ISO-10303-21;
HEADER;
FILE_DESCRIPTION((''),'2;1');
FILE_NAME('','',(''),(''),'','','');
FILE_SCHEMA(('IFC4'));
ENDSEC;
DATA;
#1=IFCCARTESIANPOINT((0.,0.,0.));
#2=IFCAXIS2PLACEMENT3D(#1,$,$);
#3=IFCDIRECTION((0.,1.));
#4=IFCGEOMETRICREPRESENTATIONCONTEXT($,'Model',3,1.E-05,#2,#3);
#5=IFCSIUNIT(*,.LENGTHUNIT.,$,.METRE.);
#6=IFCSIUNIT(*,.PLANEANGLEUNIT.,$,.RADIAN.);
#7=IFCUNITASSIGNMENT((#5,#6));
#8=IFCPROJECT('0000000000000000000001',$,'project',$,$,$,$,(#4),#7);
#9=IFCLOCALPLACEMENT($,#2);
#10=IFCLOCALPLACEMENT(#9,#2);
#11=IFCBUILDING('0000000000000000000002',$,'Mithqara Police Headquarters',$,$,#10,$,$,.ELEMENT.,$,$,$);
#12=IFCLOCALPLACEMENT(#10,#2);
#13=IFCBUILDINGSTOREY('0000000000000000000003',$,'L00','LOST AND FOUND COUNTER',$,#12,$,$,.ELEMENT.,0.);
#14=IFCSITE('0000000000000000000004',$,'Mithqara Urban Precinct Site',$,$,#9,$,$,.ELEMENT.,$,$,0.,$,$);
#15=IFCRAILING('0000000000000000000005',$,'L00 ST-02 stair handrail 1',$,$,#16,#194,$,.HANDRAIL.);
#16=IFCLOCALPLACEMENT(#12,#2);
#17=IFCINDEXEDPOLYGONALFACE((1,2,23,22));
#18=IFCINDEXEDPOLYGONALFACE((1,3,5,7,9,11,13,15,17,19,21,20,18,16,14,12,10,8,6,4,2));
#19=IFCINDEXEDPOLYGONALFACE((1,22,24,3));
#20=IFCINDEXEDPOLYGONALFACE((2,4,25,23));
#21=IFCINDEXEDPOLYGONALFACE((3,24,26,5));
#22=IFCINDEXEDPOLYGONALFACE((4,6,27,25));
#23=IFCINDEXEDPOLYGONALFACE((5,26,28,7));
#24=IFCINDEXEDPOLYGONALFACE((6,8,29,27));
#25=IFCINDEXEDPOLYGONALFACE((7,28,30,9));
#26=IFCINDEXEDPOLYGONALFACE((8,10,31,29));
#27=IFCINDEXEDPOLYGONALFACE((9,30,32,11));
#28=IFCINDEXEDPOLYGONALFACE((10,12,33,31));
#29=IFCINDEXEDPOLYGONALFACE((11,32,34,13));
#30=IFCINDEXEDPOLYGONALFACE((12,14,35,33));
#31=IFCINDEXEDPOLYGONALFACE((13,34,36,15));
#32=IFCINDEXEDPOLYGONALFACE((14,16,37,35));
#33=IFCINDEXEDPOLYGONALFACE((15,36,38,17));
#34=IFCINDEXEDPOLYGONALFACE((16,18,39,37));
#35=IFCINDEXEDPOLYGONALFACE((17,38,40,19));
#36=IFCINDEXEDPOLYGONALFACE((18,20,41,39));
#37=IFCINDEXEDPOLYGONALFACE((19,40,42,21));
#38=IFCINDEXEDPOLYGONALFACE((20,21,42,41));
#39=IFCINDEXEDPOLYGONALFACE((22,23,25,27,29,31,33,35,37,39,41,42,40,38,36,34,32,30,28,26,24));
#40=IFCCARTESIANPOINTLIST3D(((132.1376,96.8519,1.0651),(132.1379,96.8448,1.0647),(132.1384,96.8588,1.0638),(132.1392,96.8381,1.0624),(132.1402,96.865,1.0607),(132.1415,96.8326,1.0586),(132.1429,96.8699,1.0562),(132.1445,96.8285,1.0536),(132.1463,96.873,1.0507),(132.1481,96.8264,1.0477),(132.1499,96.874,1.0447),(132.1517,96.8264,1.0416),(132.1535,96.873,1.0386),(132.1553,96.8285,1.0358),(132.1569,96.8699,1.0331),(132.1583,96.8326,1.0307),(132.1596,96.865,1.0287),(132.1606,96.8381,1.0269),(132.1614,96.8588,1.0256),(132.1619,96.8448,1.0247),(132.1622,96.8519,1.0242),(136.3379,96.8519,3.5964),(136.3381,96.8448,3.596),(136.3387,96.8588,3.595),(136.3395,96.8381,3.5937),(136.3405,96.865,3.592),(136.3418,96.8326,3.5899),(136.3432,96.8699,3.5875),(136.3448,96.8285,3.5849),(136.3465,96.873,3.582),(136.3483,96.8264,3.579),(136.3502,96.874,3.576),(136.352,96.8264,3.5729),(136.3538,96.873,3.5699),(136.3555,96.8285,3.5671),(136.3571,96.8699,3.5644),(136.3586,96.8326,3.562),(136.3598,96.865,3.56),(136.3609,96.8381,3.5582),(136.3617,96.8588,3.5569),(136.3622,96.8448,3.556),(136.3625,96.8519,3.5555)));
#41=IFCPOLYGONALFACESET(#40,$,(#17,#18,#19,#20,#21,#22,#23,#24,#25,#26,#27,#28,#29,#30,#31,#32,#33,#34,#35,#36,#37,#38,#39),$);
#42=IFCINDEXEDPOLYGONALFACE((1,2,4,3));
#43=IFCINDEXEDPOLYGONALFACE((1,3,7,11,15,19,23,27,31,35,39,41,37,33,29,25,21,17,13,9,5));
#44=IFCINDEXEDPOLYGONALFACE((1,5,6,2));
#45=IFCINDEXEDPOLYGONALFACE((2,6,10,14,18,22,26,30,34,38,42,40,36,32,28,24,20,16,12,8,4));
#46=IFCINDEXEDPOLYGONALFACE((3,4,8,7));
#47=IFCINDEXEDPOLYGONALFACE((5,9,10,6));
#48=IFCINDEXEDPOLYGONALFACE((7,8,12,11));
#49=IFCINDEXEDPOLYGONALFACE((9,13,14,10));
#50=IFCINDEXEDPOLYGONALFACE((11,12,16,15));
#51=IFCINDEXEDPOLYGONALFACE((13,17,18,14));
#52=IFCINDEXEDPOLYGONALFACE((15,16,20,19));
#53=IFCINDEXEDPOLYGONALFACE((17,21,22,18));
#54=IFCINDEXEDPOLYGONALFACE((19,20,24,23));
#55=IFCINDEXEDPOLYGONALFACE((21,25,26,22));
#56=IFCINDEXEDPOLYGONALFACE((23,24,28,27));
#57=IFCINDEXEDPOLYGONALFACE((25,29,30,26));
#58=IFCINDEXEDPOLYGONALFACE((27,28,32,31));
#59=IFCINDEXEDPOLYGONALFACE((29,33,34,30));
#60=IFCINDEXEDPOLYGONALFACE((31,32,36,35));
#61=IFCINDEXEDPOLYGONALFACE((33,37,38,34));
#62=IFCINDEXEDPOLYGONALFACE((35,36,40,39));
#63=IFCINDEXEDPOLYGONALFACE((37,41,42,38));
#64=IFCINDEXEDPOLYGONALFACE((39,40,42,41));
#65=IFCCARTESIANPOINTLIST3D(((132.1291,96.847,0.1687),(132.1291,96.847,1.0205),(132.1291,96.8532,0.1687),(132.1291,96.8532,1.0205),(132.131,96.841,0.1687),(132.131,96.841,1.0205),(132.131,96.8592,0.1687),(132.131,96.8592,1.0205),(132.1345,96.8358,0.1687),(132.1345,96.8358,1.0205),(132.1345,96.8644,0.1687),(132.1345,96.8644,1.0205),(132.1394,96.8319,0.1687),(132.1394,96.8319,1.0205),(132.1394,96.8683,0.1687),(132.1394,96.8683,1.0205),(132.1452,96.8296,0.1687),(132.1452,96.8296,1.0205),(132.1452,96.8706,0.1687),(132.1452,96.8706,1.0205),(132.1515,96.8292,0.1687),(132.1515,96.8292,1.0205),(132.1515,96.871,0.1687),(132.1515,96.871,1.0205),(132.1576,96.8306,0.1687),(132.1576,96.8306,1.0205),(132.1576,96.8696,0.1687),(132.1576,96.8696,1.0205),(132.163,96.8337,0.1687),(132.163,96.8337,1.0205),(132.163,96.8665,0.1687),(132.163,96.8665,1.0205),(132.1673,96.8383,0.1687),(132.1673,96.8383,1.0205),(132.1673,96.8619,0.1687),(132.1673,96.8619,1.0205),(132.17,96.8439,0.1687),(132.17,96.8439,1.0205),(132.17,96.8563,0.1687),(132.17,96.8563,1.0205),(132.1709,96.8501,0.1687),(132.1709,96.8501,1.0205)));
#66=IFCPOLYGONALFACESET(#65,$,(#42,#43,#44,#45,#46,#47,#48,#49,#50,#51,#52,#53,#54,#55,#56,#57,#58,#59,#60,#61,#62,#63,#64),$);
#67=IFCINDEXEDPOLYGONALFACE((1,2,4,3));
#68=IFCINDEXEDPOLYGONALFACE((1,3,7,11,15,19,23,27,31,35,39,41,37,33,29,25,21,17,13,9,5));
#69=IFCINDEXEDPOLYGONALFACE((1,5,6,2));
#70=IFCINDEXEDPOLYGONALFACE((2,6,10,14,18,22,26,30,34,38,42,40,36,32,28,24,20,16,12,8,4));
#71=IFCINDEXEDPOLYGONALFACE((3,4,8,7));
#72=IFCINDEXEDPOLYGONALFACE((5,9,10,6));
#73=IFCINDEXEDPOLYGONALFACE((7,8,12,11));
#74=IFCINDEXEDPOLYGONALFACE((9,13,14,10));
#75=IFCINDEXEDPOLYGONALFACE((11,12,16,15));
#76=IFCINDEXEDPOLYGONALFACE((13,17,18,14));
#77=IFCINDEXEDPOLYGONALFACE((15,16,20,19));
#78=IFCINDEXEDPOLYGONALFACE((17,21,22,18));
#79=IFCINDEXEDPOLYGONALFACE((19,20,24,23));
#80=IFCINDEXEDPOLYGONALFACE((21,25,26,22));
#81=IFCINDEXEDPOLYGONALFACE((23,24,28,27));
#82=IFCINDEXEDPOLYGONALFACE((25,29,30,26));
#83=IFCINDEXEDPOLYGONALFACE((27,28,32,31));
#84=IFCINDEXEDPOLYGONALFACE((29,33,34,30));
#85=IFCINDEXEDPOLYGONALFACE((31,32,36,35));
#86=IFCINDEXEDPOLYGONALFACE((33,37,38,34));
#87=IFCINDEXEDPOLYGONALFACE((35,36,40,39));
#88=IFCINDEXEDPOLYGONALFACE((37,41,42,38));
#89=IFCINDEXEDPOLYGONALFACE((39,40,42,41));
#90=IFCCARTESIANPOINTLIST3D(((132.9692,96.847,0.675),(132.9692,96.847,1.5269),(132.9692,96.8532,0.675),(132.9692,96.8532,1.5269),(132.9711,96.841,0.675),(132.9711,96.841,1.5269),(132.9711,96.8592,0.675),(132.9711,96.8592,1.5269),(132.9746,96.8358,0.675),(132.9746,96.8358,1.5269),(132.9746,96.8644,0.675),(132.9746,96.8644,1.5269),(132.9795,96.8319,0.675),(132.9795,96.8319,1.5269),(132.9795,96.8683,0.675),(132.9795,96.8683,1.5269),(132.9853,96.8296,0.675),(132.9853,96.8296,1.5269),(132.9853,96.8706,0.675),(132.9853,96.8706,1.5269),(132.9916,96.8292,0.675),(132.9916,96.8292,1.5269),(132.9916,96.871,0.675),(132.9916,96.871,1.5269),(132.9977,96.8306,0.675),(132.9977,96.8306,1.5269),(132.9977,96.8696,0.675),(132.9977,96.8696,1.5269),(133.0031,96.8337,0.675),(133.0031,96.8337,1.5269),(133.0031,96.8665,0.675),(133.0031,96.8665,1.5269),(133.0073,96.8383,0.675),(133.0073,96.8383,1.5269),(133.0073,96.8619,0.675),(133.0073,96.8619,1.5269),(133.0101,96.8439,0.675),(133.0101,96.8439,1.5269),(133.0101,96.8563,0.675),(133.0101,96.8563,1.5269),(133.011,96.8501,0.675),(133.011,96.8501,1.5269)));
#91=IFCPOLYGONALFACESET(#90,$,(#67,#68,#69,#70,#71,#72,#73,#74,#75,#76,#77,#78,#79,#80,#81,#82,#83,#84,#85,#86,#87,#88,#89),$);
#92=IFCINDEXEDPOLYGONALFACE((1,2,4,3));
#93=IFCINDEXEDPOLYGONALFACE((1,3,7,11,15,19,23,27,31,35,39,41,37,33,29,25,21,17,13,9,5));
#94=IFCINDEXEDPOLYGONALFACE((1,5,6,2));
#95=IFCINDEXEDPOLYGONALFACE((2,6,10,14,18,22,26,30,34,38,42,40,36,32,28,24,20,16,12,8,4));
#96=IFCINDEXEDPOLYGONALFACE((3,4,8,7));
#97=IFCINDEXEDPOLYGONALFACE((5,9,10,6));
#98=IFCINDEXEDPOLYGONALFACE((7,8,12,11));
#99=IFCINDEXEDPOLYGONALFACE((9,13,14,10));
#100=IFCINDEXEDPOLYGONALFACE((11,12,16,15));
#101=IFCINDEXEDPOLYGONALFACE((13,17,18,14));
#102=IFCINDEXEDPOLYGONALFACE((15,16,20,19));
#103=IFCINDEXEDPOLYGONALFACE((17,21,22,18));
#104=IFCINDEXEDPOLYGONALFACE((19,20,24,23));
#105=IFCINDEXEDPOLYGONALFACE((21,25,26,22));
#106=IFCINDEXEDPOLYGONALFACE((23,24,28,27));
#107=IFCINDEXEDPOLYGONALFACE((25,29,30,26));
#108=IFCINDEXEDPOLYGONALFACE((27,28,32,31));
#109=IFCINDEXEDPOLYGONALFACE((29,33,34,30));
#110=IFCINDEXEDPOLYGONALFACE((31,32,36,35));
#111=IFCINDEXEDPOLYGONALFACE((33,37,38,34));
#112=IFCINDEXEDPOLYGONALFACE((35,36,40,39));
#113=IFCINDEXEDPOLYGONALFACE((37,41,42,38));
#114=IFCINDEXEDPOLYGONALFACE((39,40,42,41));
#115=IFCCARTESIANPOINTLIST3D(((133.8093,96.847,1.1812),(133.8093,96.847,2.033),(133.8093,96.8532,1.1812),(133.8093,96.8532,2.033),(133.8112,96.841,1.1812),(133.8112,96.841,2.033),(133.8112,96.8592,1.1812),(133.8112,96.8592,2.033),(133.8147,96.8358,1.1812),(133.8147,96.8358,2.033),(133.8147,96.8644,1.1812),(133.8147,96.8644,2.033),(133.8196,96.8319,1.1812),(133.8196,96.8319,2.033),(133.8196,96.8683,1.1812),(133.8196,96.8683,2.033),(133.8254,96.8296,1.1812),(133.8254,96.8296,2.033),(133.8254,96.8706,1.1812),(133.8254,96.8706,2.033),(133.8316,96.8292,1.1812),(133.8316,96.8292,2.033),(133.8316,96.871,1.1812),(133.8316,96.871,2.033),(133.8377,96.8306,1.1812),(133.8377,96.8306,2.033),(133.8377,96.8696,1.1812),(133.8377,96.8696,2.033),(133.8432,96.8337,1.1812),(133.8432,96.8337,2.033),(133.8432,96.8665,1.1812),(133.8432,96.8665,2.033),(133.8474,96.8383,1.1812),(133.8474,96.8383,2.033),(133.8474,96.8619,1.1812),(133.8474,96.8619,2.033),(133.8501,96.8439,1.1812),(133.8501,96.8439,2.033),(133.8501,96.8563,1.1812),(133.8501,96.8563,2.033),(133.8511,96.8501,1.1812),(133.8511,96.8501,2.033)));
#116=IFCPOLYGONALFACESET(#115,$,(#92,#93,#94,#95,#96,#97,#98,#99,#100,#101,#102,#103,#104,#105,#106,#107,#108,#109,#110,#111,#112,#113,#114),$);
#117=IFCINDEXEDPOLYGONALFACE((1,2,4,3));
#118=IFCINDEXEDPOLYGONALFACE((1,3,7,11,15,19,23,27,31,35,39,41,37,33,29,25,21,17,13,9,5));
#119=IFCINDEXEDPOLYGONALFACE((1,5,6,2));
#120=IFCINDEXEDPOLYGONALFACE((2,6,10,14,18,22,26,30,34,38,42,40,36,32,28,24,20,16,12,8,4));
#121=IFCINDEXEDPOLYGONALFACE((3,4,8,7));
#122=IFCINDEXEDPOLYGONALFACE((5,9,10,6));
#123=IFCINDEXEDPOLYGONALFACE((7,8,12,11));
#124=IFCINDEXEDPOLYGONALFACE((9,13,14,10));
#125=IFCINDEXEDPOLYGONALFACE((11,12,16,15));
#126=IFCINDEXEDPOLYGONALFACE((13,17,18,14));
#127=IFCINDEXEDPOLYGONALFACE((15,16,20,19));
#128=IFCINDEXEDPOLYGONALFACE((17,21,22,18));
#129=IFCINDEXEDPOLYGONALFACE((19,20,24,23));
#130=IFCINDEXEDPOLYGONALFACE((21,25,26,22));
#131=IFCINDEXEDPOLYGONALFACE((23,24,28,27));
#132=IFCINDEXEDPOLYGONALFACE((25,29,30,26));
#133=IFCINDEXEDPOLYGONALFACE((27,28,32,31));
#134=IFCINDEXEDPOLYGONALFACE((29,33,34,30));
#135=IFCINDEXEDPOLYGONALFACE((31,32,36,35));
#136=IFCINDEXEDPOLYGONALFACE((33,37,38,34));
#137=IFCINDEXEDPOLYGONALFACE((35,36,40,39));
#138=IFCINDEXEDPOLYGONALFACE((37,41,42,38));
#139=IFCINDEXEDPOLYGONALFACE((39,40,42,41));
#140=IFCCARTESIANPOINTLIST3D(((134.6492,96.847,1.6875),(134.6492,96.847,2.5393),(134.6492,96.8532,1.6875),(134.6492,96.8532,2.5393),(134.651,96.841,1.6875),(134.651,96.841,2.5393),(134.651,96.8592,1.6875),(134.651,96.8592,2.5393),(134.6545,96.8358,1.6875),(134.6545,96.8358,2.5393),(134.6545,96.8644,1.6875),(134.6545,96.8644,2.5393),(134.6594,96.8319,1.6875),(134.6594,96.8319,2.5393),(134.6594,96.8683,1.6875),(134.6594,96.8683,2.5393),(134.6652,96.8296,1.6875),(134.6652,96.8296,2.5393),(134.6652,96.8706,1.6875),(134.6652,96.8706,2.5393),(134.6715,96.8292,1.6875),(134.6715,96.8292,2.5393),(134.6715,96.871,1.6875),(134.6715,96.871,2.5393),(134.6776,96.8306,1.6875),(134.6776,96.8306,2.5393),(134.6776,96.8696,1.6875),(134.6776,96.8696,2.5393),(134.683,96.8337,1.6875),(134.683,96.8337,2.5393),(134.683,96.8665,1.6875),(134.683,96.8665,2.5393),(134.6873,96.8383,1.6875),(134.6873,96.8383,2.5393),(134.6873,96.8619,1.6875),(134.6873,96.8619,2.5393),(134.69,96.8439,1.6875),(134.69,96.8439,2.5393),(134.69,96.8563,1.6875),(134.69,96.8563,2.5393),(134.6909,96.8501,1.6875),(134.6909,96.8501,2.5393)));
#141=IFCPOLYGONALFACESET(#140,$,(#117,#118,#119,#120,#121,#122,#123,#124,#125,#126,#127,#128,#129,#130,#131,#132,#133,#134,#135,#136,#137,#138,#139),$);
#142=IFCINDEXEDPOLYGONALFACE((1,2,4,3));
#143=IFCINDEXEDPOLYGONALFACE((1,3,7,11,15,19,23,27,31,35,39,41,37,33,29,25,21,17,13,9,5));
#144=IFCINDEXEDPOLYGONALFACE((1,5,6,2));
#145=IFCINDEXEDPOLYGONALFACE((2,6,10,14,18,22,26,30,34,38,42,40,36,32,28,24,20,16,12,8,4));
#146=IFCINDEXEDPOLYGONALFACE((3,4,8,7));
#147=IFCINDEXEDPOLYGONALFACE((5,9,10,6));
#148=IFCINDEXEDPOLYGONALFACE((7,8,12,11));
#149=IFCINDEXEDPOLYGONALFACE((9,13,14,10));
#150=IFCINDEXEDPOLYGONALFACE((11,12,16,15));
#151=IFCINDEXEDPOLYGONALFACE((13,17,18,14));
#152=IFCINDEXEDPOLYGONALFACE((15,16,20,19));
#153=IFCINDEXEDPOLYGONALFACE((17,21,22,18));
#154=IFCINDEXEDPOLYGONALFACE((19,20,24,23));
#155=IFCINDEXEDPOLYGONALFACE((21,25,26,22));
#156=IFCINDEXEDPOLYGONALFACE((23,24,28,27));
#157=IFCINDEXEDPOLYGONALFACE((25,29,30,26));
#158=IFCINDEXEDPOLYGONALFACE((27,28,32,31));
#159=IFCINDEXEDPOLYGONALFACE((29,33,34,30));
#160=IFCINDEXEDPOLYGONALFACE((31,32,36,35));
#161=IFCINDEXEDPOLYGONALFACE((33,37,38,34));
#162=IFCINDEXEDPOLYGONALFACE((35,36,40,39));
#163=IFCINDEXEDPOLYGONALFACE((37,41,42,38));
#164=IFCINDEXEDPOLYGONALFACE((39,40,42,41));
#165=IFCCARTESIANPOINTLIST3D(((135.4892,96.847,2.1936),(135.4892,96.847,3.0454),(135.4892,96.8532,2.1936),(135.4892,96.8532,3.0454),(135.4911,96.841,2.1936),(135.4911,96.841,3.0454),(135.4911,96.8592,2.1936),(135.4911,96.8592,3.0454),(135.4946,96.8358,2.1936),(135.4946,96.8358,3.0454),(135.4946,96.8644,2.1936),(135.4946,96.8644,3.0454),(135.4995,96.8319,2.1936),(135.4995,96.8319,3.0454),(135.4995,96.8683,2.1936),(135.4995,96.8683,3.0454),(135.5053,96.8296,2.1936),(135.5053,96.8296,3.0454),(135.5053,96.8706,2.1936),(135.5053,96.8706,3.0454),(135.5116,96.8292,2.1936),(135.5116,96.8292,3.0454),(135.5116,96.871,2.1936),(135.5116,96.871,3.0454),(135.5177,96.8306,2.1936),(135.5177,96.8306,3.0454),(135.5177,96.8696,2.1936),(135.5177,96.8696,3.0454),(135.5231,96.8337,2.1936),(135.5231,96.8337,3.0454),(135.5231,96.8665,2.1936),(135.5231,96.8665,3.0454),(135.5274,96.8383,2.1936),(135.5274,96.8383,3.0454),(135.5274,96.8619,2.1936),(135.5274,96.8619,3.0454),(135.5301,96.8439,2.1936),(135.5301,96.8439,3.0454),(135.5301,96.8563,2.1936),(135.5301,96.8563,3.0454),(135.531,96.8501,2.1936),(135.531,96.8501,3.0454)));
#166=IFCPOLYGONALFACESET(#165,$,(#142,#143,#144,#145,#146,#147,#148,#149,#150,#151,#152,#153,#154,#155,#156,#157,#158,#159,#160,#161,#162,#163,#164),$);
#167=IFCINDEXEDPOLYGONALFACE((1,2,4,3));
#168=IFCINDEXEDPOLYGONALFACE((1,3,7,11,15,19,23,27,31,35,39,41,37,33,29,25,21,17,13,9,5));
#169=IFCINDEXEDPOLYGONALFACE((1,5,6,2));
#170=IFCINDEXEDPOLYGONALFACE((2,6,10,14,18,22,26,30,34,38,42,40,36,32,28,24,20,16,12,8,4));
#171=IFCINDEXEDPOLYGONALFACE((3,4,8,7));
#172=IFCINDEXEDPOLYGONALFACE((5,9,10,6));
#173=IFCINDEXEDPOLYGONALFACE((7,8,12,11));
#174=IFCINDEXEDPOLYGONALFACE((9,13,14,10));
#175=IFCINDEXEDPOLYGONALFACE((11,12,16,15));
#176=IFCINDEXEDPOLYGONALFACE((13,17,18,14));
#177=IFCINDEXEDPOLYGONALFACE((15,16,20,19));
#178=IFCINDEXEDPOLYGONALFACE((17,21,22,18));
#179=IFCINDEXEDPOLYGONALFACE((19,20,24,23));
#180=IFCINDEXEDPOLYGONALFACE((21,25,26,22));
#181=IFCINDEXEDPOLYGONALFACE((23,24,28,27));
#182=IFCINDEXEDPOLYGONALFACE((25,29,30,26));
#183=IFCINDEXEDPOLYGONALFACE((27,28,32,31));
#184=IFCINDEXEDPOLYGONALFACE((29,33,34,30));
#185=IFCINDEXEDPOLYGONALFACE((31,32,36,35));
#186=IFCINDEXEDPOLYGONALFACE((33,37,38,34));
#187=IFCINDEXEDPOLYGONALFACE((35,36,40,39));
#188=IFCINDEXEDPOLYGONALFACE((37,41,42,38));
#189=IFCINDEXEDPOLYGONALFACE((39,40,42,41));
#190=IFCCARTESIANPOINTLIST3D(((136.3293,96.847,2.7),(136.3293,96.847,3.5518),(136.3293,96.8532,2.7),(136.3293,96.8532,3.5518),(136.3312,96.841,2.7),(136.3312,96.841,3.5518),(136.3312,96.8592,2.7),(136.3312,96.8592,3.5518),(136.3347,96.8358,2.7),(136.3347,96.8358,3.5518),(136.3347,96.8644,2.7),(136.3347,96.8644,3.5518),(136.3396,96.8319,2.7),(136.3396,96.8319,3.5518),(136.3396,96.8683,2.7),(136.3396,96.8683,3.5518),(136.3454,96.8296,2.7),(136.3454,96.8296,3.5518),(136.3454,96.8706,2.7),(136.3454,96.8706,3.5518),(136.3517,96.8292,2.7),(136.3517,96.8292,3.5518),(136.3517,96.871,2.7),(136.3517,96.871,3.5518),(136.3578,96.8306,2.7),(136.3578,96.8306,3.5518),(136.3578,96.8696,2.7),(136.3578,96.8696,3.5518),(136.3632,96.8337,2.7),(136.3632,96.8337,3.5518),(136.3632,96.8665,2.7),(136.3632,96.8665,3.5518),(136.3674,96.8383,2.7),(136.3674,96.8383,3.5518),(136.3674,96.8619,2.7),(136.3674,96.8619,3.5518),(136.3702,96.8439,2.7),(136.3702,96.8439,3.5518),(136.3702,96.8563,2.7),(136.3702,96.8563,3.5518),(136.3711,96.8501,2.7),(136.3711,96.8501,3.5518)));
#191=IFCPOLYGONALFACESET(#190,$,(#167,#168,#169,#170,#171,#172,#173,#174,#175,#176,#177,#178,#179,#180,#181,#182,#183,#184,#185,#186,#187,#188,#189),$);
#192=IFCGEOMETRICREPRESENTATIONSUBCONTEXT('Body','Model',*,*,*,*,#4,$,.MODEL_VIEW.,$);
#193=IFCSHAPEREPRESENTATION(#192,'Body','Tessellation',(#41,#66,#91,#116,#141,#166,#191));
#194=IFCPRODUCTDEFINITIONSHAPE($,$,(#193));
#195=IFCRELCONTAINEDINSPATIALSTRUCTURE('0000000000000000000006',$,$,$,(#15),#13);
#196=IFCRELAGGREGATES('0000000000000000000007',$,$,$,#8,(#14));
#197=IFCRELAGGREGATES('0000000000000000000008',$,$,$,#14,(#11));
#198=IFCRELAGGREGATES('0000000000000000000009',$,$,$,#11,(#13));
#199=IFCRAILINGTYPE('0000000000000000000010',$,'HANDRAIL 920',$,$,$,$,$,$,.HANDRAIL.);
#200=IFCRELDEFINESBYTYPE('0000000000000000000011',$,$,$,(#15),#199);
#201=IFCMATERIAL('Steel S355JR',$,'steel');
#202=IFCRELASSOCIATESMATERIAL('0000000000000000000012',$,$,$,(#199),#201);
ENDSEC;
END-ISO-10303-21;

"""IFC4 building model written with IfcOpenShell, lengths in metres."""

from ifc_helpers import new_model, si_unit, direction, frame, origin, origin_2d, place, context, subcontext, project, spatial, circle, extrude, material, type_object, element, save


model = new_model("IFC4")

# Units and contexts
model_context = context("Model", 3, precision=1e-05, world=origin(), true_north=direction((0.0, 1.0)))
body_context = subcontext(model_context, "Body", "Model", "MODEL_VIEW")
ifc_project = project(units=[si_unit("LENGTHUNIT", "METRE"), si_unit("PLANEANGLEUNIT", "RADIAN")], contexts=[model_context])

# Site, building, storey
site_placement = place(None, origin())
site = spatial("IfcSite", under=ifc_project, at=site_placement, Name="Mithqara Urban Precinct Site", CompositionType="ELEMENT", RefElevation=0.0)
building_placement = place(site_placement, origin())
building = spatial("IfcBuilding", under=site, at=building_placement, Name="Mithqara Police Headquarters", CompositionType="ELEMENT")
storey_placement = place(building_placement, origin())
storey = spatial("IfcBuildingStorey", under=building, at=storey_placement, Name="L00", Description="LOST AND FOUND COUNTER", CompositionType="ELEMENT", Elevation=0.0)

# Shared definitions
ifc_material_1 = material(Name="Steel S355JR", Category="steel")

# Railing
railing_type_1 = type_object("IfcRailingType", Name="HANDRAIL 920", PredefinedType="HANDRAIL", material=ifc_material_1)
railing_1_placement = place(storey_placement, frame((132.1499, 96.8501, 0.1687)))
element("IfcRailing", 1, at=railing_1_placement, inside=storey, type_object=railing_type_1, Name="L00 ST-02 stair handrail 1", PredefinedType="HANDRAIL", context=body_context, shape_type="SweptSolid", body=[
    extrude(circle(Radius=0.0239, at=origin_2d()), frame((0.0, 0.0, 0.876), z_axis=(0.85649, 0.0, 0.516164), x_axis=(0.0, 1.0, 0.0)), (0.0, 0.0, 1.0), 4.9041),
    extrude(circle(Radius=0.021, at=origin_2d()), origin(), (0.0, 0.0, 1.0), 0.8518),
    extrude(circle(Radius=0.021, at=origin_2d()), frame((0.8401, 0.0, 0.5063)), (0.0, 0.0, 1.0), 0.8518),
    extrude(circle(Radius=0.021, at=origin_2d()), frame((1.6802, 0.0, 1.0125)), (0.0, 0.0, 1.0), 0.8518),
    extrude(circle(Radius=0.021, at=origin_2d()), frame((2.52, 0.0, 1.5188)), (0.0, 0.0, 1.0), 0.8518),
    extrude(circle(Radius=0.021, at=origin_2d()), frame((3.3601, 0.0, 2.0249)), (0.0, 0.0, 1.0), 0.8518),
    extrude(circle(Radius=0.021, at=origin_2d()), frame((4.2002, 0.0, 2.5312)), (0.0, 0.0, 1.0), 0.8518),
])

save(model, "model.ifc")
